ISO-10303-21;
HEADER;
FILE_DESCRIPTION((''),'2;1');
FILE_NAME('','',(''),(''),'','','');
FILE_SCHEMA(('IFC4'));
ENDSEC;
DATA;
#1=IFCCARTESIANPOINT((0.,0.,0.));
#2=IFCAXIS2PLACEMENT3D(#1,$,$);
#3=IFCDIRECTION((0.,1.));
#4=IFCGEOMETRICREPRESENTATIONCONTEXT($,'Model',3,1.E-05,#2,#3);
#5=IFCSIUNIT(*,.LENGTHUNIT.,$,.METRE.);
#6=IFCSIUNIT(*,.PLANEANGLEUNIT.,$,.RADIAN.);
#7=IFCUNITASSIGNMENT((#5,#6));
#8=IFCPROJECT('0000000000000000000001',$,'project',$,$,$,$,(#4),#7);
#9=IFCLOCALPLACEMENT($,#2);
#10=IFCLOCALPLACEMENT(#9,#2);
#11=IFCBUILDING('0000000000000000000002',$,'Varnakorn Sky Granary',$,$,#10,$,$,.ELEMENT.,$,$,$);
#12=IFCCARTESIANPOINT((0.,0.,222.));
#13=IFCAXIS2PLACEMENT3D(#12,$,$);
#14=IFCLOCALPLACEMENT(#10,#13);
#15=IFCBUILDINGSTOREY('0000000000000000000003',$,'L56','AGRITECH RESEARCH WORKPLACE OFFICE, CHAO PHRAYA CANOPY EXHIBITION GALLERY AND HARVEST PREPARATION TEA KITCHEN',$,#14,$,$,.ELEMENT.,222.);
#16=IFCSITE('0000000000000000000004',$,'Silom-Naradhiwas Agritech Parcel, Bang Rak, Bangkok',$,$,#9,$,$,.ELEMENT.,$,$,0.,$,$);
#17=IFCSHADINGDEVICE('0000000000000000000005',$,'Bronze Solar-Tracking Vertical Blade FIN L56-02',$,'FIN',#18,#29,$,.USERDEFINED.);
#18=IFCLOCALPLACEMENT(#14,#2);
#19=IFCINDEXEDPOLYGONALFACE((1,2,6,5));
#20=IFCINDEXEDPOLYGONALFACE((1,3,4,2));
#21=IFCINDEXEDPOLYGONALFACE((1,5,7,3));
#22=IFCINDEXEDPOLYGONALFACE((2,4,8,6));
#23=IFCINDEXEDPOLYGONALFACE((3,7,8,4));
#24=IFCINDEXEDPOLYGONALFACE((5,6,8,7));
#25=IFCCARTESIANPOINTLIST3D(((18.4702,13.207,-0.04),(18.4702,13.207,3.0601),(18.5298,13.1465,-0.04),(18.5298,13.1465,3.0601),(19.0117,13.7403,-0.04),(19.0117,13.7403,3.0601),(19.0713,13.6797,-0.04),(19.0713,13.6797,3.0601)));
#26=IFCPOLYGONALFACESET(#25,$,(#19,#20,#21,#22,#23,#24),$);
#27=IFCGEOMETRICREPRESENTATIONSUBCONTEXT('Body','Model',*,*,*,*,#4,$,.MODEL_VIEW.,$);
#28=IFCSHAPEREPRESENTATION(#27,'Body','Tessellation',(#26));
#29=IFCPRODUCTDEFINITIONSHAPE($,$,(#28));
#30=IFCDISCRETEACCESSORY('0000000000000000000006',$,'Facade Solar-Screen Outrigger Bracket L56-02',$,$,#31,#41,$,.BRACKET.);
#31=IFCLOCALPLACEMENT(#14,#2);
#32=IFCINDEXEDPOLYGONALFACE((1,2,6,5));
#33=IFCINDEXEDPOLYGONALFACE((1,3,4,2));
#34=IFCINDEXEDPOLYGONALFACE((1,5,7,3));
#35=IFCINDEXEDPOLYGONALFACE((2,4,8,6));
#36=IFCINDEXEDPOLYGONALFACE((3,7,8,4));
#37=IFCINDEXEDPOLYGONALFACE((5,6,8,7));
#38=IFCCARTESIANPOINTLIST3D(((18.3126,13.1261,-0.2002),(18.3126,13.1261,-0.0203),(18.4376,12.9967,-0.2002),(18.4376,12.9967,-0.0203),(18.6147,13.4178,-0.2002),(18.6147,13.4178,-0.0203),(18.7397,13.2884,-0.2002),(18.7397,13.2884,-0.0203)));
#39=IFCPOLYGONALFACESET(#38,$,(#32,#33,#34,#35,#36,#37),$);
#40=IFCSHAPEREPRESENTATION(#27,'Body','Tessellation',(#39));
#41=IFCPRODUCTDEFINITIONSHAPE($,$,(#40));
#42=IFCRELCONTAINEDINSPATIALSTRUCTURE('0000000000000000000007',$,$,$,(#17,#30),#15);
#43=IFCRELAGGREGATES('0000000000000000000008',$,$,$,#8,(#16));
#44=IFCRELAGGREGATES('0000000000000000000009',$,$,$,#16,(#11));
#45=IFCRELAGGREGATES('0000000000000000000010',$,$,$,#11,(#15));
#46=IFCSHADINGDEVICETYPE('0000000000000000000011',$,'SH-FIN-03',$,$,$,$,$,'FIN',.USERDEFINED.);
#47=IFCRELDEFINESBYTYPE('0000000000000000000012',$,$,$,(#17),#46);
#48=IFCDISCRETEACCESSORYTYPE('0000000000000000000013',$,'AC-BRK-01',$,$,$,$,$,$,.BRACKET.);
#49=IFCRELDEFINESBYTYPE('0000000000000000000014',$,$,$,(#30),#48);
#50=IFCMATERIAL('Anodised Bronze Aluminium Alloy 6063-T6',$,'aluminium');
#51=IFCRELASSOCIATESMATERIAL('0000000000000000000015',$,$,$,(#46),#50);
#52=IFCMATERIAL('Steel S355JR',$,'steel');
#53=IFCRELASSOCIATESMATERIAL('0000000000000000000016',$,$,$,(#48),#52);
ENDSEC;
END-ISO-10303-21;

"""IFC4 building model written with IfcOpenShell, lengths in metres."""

from ifc_helpers import new_model, si_unit, direction, frame, origin, origin_2d, place, context, subcontext, project, spatial, rectangle, extrude, source, transform, mapped, material, type_object, type_shapes, element, save


model = new_model("IFC4")

# Units and contexts
model_context = context("Model", 3, precision=1e-05, world=origin(), true_north=direction((0.0, 1.0)))
body_context = subcontext(model_context, "Body", "Model", "MODEL_VIEW")
ifc_project = project(units=[si_unit("LENGTHUNIT", "METRE"), si_unit("PLANEANGLEUNIT", "RADIAN")], contexts=[model_context])

# Site, building, storey
site_placement = place(None, origin())
site = spatial("IfcSite", under=ifc_project, at=site_placement, Name="Silom-Naradhiwas Agritech Parcel, Bang Rak, Bangkok", CompositionType="ELEMENT", RefElevation=0.0)
building_placement = place(site_placement, origin())
building = spatial("IfcBuilding", under=site, at=building_placement, Name="Varnakorn Sky Granary", CompositionType="ELEMENT")
storey_placement = place(building_placement, frame((0.0, 0.0, 222.0)))
storey = spatial("IfcBuildingStorey", under=building, at=storey_placement, Name="L56", Description="AGRITECH RESEARCH WORKPLACE OFFICE, CHAO PHRAYA CANOPY EXHIBITION GALLERY AND HARVEST PREPARATION TEA KITCHEN", CompositionType="ELEMENT", Elevation=222.0)

# Shared definitions
ifc_material_1 = material(Name="Steel S355JR", Category="steel")

# Shared definitions
ifc_material_2 = material(Name="Anodised Bronze Aluminium Alloy 6063-T6", Category="aluminium")

# Shading device
shading_device_type = type_object("IfcShadingDeviceType", Name="SH-FIN-03", ElementType="FIN", PredefinedType="USERDEFINED", material=ifc_material_2)
shared_shape_1 = source(origin(), body_context, "Body", "SweptSolid", [
    extrude(rectangle(XDim=0.085, YDim=0.76, at=origin_2d()), origin(), (0.0, 0.0, 1.0), 3.1001),
])
type_shapes(shading_device_type, [shared_shape_1])
shading_device_placement = place(storey_placement, frame((18.7708, 13.4434, -0.04), z_axis=(0.0, 0.0, 1.0), x_axis=(-0.701639, 0.712532, 0.0)))
element("IfcShadingDevice", 1, at=shading_device_placement, inside=storey, type_object=shading_device_type, Name="Bronze Solar-Tracking Vertical Blade FIN L56-02", ObjectType="FIN", PredefinedType="USERDEFINED", context=body_context, shape_type="MappedRepresentation", body=[
    mapped(shared_shape_1, transform((0.0, 0.0, 0.0), x_axis=(1.0, 0.0, 0.0), y_axis=(0.0, 1.0, 0.0), z_axis=(0.0, 0.0, 1.0), scale=1.0)),
])

# Discrete accessory
discrete_accessory_type = type_object("IfcDiscreteAccessoryType", Name="AC-BRK-01", PredefinedType="BRACKET", material=ifc_material_1)
shared_shape_2 = source(origin(), body_context, "Body", "SweptSolid", [
    extrude(rectangle(XDim=0.1799, YDim=0.4199, at=origin_2d()), origin(), (0.0, 0.0, 1.0), 0.1799),
])
type_shapes(discrete_accessory_type, [shared_shape_2])
discrete_accessory_placement = place(storey_placement, frame((18.5261, 13.2073, -0.2002), z_axis=(0.0, 0.0, 1.0), x_axis=(-0.694666, 0.719332, 0.0)))
element("IfcDiscreteAccessory", 2, at=discrete_accessory_placement, inside=storey, type_object=discrete_accessory_type, Name="Facade Solar-Screen Outrigger Bracket L56-02", PredefinedType="BRACKET", context=body_context, shape_type="MappedRepresentation", body=[
    mapped(shared_shape_2, transform((0.0, 0.0, 0.0), x_axis=(1.0, 0.0, 0.0), y_axis=(0.0, 1.0, 0.0), z_axis=(0.0, 0.0, 1.0), scale=1.0)),
])

save(model, "model.ifc")
